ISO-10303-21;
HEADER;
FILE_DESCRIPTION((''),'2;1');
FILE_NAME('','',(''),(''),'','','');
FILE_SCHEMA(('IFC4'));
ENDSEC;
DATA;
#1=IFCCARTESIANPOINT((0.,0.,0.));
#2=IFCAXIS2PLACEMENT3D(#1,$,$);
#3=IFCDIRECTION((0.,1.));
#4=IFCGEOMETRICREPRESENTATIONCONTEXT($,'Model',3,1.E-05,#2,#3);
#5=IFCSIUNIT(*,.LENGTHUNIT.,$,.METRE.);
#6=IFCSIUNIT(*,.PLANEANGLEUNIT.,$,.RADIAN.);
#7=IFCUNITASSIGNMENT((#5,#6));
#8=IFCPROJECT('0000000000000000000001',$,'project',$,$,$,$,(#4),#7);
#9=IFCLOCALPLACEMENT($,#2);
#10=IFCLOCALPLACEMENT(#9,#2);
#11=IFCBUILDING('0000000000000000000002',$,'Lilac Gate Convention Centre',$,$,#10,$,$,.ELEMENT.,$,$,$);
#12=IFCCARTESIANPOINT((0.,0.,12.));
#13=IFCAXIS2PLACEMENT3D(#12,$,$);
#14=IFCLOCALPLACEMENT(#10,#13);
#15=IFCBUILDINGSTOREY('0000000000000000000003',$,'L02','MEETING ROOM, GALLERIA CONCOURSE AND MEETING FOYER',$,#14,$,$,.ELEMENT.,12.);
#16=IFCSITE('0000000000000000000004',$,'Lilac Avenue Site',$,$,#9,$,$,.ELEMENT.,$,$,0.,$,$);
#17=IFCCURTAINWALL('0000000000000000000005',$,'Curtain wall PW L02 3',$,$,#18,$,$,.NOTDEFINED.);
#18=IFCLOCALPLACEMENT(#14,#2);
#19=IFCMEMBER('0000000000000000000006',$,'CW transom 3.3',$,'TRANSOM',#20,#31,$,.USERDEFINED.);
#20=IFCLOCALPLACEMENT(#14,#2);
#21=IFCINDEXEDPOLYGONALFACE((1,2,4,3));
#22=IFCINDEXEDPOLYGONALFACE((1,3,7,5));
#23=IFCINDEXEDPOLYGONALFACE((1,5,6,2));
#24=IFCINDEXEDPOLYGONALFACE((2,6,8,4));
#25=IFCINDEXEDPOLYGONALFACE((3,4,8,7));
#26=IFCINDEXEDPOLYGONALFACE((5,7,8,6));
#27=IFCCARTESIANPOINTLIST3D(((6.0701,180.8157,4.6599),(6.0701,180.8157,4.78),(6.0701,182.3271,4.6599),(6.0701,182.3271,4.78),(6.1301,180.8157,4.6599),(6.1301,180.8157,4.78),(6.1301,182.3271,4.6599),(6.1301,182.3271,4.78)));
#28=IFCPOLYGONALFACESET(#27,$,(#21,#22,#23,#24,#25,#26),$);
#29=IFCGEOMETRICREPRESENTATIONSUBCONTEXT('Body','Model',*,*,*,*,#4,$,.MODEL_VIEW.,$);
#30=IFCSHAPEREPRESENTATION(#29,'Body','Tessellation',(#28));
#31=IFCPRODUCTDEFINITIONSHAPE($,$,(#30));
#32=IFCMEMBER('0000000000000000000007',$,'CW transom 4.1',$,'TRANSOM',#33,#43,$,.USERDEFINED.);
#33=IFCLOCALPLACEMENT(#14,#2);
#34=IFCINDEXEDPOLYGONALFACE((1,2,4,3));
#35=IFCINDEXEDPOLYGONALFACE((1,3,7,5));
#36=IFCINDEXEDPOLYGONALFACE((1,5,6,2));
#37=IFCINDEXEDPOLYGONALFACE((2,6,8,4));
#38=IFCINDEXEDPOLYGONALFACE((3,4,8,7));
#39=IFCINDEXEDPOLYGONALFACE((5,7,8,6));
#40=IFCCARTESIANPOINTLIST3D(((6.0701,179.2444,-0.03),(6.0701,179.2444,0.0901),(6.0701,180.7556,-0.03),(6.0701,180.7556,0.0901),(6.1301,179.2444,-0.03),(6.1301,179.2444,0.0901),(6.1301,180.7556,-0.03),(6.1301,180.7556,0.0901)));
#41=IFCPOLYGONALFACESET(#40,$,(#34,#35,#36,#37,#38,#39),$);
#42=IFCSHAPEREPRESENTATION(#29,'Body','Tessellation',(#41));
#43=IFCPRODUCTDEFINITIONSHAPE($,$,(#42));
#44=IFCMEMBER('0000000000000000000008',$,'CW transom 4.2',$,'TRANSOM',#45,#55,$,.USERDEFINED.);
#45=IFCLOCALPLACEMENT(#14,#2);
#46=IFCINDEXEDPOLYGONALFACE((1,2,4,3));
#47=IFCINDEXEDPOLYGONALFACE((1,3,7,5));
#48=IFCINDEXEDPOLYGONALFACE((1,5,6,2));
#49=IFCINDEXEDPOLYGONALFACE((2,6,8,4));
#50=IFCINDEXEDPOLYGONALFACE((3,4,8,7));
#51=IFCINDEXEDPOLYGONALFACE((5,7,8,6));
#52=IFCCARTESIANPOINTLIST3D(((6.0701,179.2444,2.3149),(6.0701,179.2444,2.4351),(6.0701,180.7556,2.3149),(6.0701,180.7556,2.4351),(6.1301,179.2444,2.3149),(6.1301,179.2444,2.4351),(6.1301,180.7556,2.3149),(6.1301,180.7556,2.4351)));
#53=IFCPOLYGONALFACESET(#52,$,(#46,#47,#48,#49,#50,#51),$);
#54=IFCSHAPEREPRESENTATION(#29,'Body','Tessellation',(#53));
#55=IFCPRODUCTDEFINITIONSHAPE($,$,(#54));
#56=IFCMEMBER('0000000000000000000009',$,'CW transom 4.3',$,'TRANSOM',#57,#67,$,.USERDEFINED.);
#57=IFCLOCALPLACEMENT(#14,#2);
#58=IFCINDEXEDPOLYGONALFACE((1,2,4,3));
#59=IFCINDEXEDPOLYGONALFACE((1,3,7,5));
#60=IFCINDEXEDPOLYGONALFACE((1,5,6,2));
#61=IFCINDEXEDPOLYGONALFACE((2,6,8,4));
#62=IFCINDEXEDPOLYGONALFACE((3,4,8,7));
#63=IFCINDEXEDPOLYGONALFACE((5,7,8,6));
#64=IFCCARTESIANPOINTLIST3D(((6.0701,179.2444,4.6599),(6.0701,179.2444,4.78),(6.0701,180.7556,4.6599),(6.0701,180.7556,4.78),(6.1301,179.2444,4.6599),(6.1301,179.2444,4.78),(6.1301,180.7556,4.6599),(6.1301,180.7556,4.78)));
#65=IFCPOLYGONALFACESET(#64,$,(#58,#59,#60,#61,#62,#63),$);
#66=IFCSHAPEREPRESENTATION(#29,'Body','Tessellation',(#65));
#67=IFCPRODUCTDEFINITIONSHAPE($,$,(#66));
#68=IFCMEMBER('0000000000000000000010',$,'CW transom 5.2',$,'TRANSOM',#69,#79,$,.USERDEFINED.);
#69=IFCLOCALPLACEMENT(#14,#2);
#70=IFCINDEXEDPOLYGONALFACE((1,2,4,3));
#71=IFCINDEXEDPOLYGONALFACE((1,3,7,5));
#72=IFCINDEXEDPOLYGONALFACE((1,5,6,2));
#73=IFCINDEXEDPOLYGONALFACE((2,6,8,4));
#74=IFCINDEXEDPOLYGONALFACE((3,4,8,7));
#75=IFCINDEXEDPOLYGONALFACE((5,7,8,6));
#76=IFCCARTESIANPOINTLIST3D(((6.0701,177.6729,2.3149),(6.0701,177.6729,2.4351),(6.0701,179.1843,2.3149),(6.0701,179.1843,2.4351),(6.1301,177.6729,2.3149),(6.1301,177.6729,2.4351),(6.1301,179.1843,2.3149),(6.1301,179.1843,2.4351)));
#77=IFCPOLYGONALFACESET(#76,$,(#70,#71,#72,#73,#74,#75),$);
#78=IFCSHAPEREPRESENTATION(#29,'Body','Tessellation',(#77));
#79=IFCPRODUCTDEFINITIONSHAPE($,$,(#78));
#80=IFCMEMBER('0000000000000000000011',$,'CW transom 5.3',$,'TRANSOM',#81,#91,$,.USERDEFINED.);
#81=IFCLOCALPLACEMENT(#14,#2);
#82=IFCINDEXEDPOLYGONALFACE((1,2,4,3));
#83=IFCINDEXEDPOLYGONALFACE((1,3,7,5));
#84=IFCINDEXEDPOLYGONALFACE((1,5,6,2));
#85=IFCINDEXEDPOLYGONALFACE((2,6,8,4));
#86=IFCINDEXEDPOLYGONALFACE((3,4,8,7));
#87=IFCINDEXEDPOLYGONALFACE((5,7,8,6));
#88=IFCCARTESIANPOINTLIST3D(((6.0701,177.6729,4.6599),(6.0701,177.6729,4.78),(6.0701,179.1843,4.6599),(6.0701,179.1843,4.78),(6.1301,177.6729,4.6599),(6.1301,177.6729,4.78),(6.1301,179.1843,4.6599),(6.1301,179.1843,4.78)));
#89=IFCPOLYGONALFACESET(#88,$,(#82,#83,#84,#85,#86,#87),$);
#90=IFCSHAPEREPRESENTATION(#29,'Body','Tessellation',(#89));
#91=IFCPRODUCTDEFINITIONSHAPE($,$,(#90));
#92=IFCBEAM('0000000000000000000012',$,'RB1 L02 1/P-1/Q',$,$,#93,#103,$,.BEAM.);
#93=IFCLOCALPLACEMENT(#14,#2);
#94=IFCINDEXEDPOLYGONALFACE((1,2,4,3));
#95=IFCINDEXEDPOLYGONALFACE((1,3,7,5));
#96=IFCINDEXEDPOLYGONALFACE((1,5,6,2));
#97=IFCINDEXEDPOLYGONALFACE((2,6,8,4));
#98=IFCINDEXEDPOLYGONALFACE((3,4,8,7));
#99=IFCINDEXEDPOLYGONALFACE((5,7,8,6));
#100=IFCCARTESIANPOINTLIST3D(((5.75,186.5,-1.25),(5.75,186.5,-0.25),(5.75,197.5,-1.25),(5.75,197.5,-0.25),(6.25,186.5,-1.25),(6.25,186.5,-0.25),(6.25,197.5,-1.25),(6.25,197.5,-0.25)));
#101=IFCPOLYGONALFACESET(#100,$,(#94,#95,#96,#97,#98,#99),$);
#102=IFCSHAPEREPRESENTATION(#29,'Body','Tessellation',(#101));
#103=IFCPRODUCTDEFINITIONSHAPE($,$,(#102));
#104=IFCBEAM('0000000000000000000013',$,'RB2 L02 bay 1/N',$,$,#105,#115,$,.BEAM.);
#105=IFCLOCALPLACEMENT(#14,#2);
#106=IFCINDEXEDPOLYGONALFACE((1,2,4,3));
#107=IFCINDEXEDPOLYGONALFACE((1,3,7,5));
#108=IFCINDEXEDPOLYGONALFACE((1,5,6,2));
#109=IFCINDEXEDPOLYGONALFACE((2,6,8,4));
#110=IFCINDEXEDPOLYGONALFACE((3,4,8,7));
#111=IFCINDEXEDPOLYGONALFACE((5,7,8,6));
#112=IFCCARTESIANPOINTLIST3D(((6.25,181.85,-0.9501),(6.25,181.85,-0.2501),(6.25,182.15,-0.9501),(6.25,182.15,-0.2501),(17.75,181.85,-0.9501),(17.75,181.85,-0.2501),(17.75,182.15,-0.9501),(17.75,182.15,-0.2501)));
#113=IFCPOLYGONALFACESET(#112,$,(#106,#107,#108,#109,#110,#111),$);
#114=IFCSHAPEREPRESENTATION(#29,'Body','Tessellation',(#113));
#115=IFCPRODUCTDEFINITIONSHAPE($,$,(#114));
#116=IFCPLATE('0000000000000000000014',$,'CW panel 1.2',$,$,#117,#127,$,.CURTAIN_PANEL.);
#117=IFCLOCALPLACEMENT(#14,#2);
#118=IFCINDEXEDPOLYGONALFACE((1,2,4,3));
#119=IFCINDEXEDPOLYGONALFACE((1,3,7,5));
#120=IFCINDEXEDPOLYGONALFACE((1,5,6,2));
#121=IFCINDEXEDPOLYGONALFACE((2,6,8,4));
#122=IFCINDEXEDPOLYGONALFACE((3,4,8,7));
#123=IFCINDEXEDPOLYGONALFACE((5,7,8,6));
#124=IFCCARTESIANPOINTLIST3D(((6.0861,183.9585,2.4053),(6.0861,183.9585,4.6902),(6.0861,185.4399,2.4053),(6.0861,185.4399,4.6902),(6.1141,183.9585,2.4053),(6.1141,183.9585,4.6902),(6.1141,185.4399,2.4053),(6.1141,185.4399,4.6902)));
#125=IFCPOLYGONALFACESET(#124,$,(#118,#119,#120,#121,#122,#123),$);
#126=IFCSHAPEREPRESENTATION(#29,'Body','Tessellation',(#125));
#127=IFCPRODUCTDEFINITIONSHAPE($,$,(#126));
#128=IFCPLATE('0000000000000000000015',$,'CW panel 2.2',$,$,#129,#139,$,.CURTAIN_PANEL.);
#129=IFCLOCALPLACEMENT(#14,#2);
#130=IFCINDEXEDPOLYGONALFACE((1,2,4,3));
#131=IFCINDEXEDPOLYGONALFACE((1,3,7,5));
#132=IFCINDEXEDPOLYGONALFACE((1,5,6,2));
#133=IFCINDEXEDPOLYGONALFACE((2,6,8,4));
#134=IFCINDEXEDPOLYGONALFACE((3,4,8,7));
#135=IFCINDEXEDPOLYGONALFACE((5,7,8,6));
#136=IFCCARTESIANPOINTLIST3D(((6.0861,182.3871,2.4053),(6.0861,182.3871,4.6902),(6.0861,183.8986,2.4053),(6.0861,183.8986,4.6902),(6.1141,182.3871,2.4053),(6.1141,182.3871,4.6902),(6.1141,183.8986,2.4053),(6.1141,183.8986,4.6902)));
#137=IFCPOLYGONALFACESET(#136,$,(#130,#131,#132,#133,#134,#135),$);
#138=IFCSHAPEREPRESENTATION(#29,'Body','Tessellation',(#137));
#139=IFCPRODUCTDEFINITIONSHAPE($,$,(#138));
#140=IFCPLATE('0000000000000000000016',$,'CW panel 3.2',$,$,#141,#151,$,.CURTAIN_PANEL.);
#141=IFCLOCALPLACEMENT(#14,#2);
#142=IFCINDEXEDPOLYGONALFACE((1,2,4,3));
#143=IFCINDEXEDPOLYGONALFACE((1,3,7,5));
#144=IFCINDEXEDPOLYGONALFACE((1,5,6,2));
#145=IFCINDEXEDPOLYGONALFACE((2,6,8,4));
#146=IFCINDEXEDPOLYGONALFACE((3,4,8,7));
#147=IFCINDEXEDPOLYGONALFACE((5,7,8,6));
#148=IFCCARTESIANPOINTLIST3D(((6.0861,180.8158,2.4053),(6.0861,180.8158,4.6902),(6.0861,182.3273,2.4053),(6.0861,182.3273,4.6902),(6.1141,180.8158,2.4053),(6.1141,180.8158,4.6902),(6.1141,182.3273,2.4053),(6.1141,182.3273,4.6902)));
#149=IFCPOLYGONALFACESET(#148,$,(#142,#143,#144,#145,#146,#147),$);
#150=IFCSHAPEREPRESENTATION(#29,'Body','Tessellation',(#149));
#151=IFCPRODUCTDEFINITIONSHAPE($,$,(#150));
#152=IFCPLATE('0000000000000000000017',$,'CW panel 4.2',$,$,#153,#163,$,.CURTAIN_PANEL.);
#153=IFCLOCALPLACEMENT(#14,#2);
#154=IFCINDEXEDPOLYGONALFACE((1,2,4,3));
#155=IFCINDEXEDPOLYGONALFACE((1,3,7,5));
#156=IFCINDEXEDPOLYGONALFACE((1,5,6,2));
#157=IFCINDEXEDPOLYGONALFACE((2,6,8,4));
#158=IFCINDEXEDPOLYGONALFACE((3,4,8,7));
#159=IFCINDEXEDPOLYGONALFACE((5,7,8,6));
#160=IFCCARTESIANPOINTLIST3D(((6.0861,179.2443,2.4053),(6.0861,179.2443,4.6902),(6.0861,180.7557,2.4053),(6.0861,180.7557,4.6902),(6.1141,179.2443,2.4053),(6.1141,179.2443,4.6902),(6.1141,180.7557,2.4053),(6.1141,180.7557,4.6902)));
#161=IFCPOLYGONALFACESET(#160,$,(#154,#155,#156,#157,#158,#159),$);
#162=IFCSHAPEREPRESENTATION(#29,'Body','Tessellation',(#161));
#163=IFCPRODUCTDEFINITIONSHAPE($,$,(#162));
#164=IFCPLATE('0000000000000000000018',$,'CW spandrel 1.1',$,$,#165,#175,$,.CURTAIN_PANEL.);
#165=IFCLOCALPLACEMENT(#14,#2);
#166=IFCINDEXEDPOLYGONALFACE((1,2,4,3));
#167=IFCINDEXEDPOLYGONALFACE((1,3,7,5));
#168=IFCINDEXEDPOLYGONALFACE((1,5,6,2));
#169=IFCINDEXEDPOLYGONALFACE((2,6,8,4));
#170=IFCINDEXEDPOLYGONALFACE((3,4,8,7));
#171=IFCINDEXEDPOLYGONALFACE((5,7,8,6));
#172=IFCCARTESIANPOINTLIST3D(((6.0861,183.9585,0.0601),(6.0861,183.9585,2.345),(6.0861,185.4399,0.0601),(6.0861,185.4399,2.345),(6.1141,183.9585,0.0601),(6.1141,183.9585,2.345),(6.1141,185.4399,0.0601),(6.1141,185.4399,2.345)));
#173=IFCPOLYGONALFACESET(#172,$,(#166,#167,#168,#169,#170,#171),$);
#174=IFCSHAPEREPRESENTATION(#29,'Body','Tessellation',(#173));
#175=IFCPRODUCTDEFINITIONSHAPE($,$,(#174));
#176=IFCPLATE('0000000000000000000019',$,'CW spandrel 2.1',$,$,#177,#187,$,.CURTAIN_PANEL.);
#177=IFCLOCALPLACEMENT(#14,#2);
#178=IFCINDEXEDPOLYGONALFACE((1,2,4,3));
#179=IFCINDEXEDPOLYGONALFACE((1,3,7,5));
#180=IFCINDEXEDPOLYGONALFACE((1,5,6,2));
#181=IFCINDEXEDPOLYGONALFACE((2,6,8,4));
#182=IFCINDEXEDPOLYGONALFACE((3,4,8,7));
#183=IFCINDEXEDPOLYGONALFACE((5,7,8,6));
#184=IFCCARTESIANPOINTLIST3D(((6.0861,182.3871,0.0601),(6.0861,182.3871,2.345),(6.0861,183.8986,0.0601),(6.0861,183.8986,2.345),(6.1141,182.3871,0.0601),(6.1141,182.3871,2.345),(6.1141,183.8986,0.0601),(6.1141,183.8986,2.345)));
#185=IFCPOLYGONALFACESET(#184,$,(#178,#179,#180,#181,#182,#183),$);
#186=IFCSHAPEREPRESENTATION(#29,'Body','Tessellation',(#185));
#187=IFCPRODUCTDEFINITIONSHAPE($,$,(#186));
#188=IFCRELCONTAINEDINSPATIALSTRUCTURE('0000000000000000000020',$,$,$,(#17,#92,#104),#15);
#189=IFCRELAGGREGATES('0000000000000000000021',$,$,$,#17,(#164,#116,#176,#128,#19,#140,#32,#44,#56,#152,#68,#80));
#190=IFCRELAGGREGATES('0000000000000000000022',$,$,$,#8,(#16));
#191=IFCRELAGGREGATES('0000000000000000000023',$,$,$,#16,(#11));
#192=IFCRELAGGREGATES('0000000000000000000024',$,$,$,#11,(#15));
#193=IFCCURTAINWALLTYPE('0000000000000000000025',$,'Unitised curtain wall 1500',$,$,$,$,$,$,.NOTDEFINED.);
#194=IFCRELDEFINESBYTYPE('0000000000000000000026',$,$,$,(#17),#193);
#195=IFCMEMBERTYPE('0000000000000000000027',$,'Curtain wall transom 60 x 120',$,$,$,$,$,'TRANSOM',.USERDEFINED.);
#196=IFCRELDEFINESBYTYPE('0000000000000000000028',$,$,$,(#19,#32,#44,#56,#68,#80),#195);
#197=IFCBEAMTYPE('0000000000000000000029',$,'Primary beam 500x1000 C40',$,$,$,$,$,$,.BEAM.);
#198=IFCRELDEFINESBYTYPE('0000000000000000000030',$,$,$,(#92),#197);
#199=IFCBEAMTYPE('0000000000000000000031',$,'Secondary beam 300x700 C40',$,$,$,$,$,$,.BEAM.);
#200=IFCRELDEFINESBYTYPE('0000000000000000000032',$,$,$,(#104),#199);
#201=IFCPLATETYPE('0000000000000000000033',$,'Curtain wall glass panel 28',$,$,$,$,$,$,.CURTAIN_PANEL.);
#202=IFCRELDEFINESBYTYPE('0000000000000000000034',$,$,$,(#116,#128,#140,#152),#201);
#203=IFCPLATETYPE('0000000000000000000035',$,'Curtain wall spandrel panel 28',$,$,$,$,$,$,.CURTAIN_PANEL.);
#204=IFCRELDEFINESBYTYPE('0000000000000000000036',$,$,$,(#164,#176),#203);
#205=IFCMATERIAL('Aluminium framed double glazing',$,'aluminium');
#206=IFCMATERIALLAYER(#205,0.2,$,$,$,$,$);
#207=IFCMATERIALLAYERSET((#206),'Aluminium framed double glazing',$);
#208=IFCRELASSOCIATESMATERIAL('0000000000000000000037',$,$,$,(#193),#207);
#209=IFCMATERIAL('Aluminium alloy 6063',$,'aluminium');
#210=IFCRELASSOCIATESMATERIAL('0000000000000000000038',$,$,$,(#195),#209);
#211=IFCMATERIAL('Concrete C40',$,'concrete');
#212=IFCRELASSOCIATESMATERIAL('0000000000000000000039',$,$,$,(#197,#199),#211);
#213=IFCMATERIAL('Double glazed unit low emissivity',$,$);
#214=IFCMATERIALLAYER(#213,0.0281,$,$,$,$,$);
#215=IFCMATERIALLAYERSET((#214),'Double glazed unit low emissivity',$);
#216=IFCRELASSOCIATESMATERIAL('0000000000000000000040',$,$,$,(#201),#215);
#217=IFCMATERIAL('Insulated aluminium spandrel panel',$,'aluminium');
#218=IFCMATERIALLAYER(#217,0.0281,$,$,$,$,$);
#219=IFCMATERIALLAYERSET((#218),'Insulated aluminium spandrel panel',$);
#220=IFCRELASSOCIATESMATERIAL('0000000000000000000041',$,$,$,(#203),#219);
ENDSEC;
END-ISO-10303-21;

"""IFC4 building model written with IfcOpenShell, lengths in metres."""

from ifc_helpers import new_model, si_unit, direction, frame, origin, origin_2d, place, context, subcontext, project, spatial, rectangle, extrude, material, layer, layer_set, material_profile, profile_set, type_object, element, aggregate, save


model = new_model("IFC4")

# Units and contexts
model_context = context("Model", 3, precision=1e-05, world=origin(), true_north=direction((0.0, 1.0)))
body_context = subcontext(model_context, "Body", "Model", "MODEL_VIEW")
ifc_project = project(units=[si_unit("LENGTHUNIT", "METRE"), si_unit("PLANEANGLEUNIT", "RADIAN")], contexts=[model_context])

# Site, building, storey
site_placement = place(None, origin())
site = spatial("IfcSite", under=ifc_project, at=site_placement, Name="Lilac Avenue Site", CompositionType="ELEMENT", RefElevation=0.0)
building_placement = place(site_placement, origin())
building = spatial("IfcBuilding", under=site, at=building_placement, Name="Lilac Gate Convention Centre", CompositionType="ELEMENT")
storey_placement = place(building_placement, frame((0.0, 0.0, 12.0)))
storey = spatial("IfcBuildingStorey", under=building, at=storey_placement, Name="L02", Description="MEETING ROOM, GALLERIA CONCOURSE AND MEETING FOYER", CompositionType="ELEMENT", Elevation=12.0)

# Shared definitions
ifc_material_1 = material(Name="Concrete C40", Category="concrete")

# Curtain wall, members
ifc_material_2 = material(Name="Aluminium framed double glazing", Category="aluminium")
ifc_layer_1 = layer(ifc_material_2, 0.2)
ifc_layer_set_1 = layer_set([ifc_layer_1], Name="Aluminium framed double glazing")
curtain_wall_type = type_object("IfcCurtainWallType", Name="Unitised curtain wall 1500", PredefinedType="NOTDEFINED", material=ifc_layer_set_1)
curtain_wall_placement = place(storey_placement, origin())
curtain_wall = element("IfcCurtainWall", 1, at=curtain_wall_placement, inside=storey, type_object=curtain_wall_type, Name="Curtain wall PW L02 3", PredefinedType="NOTDEFINED")
ifc_material_3 = material(Name="Aluminium alloy 6063", Category="aluminium")
ifc_material_profile_1 = material_profile(ifc_material_3, rectangle(XDim=0.0601, YDim=0.1201, at=origin_2d()), Name="Curtain wall transom 60 x 120")
ifc_profile_set_1 = profile_set([ifc_material_profile_1], Name="Aluminium alloy 6063")
member_type_1 = type_object("IfcMemberType", Name="Curtain wall transom 60 x 120", ElementType="TRANSOM", PredefinedType="USERDEFINED", material=ifc_profile_set_1)
member_1_placement = place(storey_placement, frame((6.1001, 182.3271, 4.72), z_axis=(0.0, -1.0, 0.0), x_axis=(1.0, 0.0, 0.0)))
member_1 = element("IfcMember", 2, at=member_1_placement, type_object=member_type_1, Name="CW transom 3.3", ObjectType="TRANSOM", PredefinedType="USERDEFINED", context=body_context, shape_type="SweptSolid", body=[
    extrude(rectangle(XDim=0.0601, YDim=0.1201, at=origin_2d()), origin(), (0.0, 0.0, 1.0), 1.5115),
])
member_2_placement = place(storey_placement, frame((6.1001, 180.7556, 0.03), z_axis=(0.0, -1.0, 0.0), x_axis=(1.0, 0.0, 0.0)))
member_2 = element("IfcMember", 3, at=member_2_placement, type_object=member_type_1, Name="CW transom 4.1", ObjectType="TRANSOM", PredefinedType="USERDEFINED", context=body_context, shape_type="SweptSolid", body=[
    extrude(rectangle(XDim=0.0601, YDim=0.1201, at=origin_2d()), origin(), (0.0, 0.0, 1.0), 1.5112),
])
member_3_placement = place(storey_placement, frame((6.1001, 180.7556, 2.375), z_axis=(0.0, -1.0, 0.0), x_axis=(1.0, 0.0, 0.0)))
member_3 = element("IfcMember", 4, at=member_3_placement, type_object=member_type_1, Name="CW transom 4.2", ObjectType="TRANSOM", PredefinedType="USERDEFINED", context=body_context, shape_type="SweptSolid", body=[
    extrude(rectangle(XDim=0.0601, YDim=0.1201, at=origin_2d()), origin(), (0.0, 0.0, 1.0), 1.5112),
])
member_4_placement = place(storey_placement, frame((6.1001, 180.7556, 4.72), z_axis=(0.0, -1.0, 0.0), x_axis=(1.0, 0.0, 0.0)))
member_4 = element("IfcMember", 5, at=member_4_placement, type_object=member_type_1, Name="CW transom 4.3", ObjectType="TRANSOM", PredefinedType="USERDEFINED", context=body_context, shape_type="SweptSolid", body=[
    extrude(rectangle(XDim=0.0601, YDim=0.1201, at=origin_2d()), origin(), (0.0, 0.0, 1.0), 1.5112),
])
member_5_placement = place(storey_placement, frame((6.1001, 179.1843, 2.375), z_axis=(0.0, -1.0, 0.0), x_axis=(1.0, 0.0, 0.0)))
member_5 = element("IfcMember", 6, at=member_5_placement, type_object=member_type_1, Name="CW transom 5.2", ObjectType="TRANSOM", PredefinedType="USERDEFINED", context=body_context, shape_type="SweptSolid", body=[
    extrude(rectangle(XDim=0.0601, YDim=0.1201, at=origin_2d()), origin(), (0.0, 0.0, 1.0), 1.5115),
])
member_6_placement = place(storey_placement, frame((6.1001, 179.1843, 4.72), z_axis=(0.0, -1.0, 0.0), x_axis=(1.0, 0.0, 0.0)))
member_6 = element("IfcMember", 7, at=member_6_placement, type_object=member_type_1, Name="CW transom 5.3", ObjectType="TRANSOM", PredefinedType="USERDEFINED", context=body_context, shape_type="SweptSolid", body=[
    extrude(rectangle(XDim=0.0601, YDim=0.1201, at=origin_2d()), origin(), (0.0, 0.0, 1.0), 1.5115),
])

# Beams
ifc_material_profile_2 = material_profile(ifc_material_1, rectangle(XDim=0.5, YDim=1.0, at=origin_2d()), Name="RC 500x1000")
ifc_profile_set_2 = profile_set([ifc_material_profile_2], Name="Concrete C40")
beam_type_1 = type_object("IfcBeamType", Name="Primary beam 500x1000 C40", PredefinedType="BEAM", material=ifc_profile_set_2)
beam_1_placement = place(storey_placement, frame((6.0, 186.5, -0.75), z_axis=(0.0, 1.0, 0.0), x_axis=(-1.0, 0.0, 0.0)))
element("IfcBeam", 8, at=beam_1_placement, inside=storey, type_object=beam_type_1, Name="RB1 L02 1/P-1/Q", PredefinedType="BEAM", context=body_context, shape_type="SweptSolid", body=[
    extrude(rectangle(XDim=0.5, YDim=1.0, at=origin_2d()), origin(), (0.0, 0.0, 1.0), 11.0),
])
ifc_material_profile_3 = material_profile(ifc_material_1, rectangle(XDim=0.3, YDim=0.7, at=origin_2d()), Name="RC 300x700")
ifc_profile_set_3 = profile_set([ifc_material_profile_3], Name="Concrete C40")
beam_type_2 = type_object("IfcBeamType", Name="Secondary beam 300x700 C40", PredefinedType="BEAM", material=ifc_profile_set_3)
beam_2_placement = place(storey_placement, frame((6.25, 182.0, -0.6001), z_axis=(1.0, 0.0, 0.0), x_axis=(0.0, 1.0, 0.0)))
element("IfcBeam", 9, at=beam_2_placement, inside=storey, type_object=beam_type_2, Name="RB2 L02 bay 1/N", PredefinedType="BEAM", context=body_context, shape_type="SweptSolid", body=[
    extrude(rectangle(XDim=0.3, YDim=0.7, at=origin_2d()), origin(), (0.0, 0.0, 1.0), 11.5),
])

# Plates
ifc_material_4 = material(Name="Double glazed unit low emissivity")
ifc_layer_2 = layer(ifc_material_4, 0.0281)
ifc_layer_set_2 = layer_set([ifc_layer_2], Name="Double glazed unit low emissivity")
plate_type_1 = type_object("IfcPlateType", Name="Curtain wall glass panel 28", PredefinedType="CURTAIN_PANEL", material=ifc_layer_set_2)
plate_1_placement = place(storey_placement, frame((6.1001, 184.6992, 2.4053), z_axis=(0.0, 0.0, 1.0), x_axis=(0.0, -1.0, 0.0)))
plate_1 = element("IfcPlate", 10, at=plate_1_placement, type_object=plate_type_1, Name="CW panel 1.2", PredefinedType="CURTAIN_PANEL", context=body_context, shape_type="SweptSolid", body=[
    extrude(rectangle(XDim=1.4814, YDim=0.0281, at=origin_2d()), origin(), (0.0, 0.0, 1.0), 2.2849),
])
plate_2_placement = place(storey_placement, frame((6.1001, 183.1428, 2.4053), z_axis=(0.0, 0.0, 1.0), x_axis=(0.0, -1.0, 0.0)))
plate_2 = element("IfcPlate", 11, at=plate_2_placement, type_object=plate_type_1, Name="CW panel 2.2", PredefinedType="CURTAIN_PANEL", context=body_context, shape_type="SweptSolid", body=[
    extrude(rectangle(XDim=1.5115, YDim=0.0281, at=origin_2d()), origin(), (0.0, 0.0, 1.0), 2.2849),
])
plate_3_placement = place(storey_placement, frame((6.1001, 181.5715, 2.4053), z_axis=(0.0, 0.0, 1.0), x_axis=(0.0, -1.0, 0.0)))
plate_3 = element("IfcPlate", 12, at=plate_3_placement, type_object=plate_type_1, Name="CW panel 3.2", PredefinedType="CURTAIN_PANEL", context=body_context, shape_type="SweptSolid", body=[
    extrude(rectangle(XDim=1.5115, YDim=0.0281, at=origin_2d()), origin(), (0.0, 0.0, 1.0), 2.2849),
])
plate_4_placement = place(storey_placement, frame((6.1001, 180.0, 2.4053), z_axis=(0.0, 0.0, 1.0), x_axis=(0.0, -1.0, 0.0)))
plate_4 = element("IfcPlate", 13, at=plate_4_placement, type_object=plate_type_1, Name="CW panel 4.2", PredefinedType="CURTAIN_PANEL", context=body_context, shape_type="SweptSolid", body=[
    extrude(rectangle(XDim=1.5115, YDim=0.0281, at=origin_2d()), origin(), (0.0, 0.0, 1.0), 2.2849),
])
ifc_material_5 = material(Name="Insulated aluminium spandrel panel", Category="aluminium")
ifc_layer_3 = layer(ifc_material_5, 0.0281)
ifc_layer_set_3 = layer_set([ifc_layer_3], Name="Insulated aluminium spandrel panel")
plate_type_2 = type_object("IfcPlateType", Name="Curtain wall spandrel panel 28", PredefinedType="CURTAIN_PANEL", material=ifc_layer_set_3)
plate_5_placement = place(storey_placement, frame((6.1001, 184.6992, 0.0601), z_axis=(0.0, 0.0, 1.0), x_axis=(0.0, -1.0, 0.0)))
plate_5 = element("IfcPlate", 14, at=plate_5_placement, type_object=plate_type_2, Name="CW spandrel 1.1", PredefinedType="CURTAIN_PANEL", context=body_context, shape_type="SweptSolid", body=[
    extrude(rectangle(XDim=1.4814, YDim=0.0281, at=origin_2d()), origin(), (0.0, 0.0, 1.0), 2.2849),
])
plate_6_placement = place(storey_placement, frame((6.1001, 183.1428, 0.0601), z_axis=(0.0, 0.0, 1.0), x_axis=(0.0, -1.0, 0.0)))
plate_6 = element("IfcPlate", 15, at=plate_6_placement, type_object=plate_type_2, Name="CW spandrel 2.1", PredefinedType="CURTAIN_PANEL", context=body_context, shape_type="SweptSolid", body=[
    extrude(rectangle(XDim=1.5115, YDim=0.0281, at=origin_2d()), origin(), (0.0, 0.0, 1.0), 2.2849),
])
aggregate(curtain_wall, [plate_5, plate_1, plate_6, plate_2, member_1, plate_3, member_2, member_3, member_4, plate_4, member_5, member_6])

save(model, "model.ifc")
